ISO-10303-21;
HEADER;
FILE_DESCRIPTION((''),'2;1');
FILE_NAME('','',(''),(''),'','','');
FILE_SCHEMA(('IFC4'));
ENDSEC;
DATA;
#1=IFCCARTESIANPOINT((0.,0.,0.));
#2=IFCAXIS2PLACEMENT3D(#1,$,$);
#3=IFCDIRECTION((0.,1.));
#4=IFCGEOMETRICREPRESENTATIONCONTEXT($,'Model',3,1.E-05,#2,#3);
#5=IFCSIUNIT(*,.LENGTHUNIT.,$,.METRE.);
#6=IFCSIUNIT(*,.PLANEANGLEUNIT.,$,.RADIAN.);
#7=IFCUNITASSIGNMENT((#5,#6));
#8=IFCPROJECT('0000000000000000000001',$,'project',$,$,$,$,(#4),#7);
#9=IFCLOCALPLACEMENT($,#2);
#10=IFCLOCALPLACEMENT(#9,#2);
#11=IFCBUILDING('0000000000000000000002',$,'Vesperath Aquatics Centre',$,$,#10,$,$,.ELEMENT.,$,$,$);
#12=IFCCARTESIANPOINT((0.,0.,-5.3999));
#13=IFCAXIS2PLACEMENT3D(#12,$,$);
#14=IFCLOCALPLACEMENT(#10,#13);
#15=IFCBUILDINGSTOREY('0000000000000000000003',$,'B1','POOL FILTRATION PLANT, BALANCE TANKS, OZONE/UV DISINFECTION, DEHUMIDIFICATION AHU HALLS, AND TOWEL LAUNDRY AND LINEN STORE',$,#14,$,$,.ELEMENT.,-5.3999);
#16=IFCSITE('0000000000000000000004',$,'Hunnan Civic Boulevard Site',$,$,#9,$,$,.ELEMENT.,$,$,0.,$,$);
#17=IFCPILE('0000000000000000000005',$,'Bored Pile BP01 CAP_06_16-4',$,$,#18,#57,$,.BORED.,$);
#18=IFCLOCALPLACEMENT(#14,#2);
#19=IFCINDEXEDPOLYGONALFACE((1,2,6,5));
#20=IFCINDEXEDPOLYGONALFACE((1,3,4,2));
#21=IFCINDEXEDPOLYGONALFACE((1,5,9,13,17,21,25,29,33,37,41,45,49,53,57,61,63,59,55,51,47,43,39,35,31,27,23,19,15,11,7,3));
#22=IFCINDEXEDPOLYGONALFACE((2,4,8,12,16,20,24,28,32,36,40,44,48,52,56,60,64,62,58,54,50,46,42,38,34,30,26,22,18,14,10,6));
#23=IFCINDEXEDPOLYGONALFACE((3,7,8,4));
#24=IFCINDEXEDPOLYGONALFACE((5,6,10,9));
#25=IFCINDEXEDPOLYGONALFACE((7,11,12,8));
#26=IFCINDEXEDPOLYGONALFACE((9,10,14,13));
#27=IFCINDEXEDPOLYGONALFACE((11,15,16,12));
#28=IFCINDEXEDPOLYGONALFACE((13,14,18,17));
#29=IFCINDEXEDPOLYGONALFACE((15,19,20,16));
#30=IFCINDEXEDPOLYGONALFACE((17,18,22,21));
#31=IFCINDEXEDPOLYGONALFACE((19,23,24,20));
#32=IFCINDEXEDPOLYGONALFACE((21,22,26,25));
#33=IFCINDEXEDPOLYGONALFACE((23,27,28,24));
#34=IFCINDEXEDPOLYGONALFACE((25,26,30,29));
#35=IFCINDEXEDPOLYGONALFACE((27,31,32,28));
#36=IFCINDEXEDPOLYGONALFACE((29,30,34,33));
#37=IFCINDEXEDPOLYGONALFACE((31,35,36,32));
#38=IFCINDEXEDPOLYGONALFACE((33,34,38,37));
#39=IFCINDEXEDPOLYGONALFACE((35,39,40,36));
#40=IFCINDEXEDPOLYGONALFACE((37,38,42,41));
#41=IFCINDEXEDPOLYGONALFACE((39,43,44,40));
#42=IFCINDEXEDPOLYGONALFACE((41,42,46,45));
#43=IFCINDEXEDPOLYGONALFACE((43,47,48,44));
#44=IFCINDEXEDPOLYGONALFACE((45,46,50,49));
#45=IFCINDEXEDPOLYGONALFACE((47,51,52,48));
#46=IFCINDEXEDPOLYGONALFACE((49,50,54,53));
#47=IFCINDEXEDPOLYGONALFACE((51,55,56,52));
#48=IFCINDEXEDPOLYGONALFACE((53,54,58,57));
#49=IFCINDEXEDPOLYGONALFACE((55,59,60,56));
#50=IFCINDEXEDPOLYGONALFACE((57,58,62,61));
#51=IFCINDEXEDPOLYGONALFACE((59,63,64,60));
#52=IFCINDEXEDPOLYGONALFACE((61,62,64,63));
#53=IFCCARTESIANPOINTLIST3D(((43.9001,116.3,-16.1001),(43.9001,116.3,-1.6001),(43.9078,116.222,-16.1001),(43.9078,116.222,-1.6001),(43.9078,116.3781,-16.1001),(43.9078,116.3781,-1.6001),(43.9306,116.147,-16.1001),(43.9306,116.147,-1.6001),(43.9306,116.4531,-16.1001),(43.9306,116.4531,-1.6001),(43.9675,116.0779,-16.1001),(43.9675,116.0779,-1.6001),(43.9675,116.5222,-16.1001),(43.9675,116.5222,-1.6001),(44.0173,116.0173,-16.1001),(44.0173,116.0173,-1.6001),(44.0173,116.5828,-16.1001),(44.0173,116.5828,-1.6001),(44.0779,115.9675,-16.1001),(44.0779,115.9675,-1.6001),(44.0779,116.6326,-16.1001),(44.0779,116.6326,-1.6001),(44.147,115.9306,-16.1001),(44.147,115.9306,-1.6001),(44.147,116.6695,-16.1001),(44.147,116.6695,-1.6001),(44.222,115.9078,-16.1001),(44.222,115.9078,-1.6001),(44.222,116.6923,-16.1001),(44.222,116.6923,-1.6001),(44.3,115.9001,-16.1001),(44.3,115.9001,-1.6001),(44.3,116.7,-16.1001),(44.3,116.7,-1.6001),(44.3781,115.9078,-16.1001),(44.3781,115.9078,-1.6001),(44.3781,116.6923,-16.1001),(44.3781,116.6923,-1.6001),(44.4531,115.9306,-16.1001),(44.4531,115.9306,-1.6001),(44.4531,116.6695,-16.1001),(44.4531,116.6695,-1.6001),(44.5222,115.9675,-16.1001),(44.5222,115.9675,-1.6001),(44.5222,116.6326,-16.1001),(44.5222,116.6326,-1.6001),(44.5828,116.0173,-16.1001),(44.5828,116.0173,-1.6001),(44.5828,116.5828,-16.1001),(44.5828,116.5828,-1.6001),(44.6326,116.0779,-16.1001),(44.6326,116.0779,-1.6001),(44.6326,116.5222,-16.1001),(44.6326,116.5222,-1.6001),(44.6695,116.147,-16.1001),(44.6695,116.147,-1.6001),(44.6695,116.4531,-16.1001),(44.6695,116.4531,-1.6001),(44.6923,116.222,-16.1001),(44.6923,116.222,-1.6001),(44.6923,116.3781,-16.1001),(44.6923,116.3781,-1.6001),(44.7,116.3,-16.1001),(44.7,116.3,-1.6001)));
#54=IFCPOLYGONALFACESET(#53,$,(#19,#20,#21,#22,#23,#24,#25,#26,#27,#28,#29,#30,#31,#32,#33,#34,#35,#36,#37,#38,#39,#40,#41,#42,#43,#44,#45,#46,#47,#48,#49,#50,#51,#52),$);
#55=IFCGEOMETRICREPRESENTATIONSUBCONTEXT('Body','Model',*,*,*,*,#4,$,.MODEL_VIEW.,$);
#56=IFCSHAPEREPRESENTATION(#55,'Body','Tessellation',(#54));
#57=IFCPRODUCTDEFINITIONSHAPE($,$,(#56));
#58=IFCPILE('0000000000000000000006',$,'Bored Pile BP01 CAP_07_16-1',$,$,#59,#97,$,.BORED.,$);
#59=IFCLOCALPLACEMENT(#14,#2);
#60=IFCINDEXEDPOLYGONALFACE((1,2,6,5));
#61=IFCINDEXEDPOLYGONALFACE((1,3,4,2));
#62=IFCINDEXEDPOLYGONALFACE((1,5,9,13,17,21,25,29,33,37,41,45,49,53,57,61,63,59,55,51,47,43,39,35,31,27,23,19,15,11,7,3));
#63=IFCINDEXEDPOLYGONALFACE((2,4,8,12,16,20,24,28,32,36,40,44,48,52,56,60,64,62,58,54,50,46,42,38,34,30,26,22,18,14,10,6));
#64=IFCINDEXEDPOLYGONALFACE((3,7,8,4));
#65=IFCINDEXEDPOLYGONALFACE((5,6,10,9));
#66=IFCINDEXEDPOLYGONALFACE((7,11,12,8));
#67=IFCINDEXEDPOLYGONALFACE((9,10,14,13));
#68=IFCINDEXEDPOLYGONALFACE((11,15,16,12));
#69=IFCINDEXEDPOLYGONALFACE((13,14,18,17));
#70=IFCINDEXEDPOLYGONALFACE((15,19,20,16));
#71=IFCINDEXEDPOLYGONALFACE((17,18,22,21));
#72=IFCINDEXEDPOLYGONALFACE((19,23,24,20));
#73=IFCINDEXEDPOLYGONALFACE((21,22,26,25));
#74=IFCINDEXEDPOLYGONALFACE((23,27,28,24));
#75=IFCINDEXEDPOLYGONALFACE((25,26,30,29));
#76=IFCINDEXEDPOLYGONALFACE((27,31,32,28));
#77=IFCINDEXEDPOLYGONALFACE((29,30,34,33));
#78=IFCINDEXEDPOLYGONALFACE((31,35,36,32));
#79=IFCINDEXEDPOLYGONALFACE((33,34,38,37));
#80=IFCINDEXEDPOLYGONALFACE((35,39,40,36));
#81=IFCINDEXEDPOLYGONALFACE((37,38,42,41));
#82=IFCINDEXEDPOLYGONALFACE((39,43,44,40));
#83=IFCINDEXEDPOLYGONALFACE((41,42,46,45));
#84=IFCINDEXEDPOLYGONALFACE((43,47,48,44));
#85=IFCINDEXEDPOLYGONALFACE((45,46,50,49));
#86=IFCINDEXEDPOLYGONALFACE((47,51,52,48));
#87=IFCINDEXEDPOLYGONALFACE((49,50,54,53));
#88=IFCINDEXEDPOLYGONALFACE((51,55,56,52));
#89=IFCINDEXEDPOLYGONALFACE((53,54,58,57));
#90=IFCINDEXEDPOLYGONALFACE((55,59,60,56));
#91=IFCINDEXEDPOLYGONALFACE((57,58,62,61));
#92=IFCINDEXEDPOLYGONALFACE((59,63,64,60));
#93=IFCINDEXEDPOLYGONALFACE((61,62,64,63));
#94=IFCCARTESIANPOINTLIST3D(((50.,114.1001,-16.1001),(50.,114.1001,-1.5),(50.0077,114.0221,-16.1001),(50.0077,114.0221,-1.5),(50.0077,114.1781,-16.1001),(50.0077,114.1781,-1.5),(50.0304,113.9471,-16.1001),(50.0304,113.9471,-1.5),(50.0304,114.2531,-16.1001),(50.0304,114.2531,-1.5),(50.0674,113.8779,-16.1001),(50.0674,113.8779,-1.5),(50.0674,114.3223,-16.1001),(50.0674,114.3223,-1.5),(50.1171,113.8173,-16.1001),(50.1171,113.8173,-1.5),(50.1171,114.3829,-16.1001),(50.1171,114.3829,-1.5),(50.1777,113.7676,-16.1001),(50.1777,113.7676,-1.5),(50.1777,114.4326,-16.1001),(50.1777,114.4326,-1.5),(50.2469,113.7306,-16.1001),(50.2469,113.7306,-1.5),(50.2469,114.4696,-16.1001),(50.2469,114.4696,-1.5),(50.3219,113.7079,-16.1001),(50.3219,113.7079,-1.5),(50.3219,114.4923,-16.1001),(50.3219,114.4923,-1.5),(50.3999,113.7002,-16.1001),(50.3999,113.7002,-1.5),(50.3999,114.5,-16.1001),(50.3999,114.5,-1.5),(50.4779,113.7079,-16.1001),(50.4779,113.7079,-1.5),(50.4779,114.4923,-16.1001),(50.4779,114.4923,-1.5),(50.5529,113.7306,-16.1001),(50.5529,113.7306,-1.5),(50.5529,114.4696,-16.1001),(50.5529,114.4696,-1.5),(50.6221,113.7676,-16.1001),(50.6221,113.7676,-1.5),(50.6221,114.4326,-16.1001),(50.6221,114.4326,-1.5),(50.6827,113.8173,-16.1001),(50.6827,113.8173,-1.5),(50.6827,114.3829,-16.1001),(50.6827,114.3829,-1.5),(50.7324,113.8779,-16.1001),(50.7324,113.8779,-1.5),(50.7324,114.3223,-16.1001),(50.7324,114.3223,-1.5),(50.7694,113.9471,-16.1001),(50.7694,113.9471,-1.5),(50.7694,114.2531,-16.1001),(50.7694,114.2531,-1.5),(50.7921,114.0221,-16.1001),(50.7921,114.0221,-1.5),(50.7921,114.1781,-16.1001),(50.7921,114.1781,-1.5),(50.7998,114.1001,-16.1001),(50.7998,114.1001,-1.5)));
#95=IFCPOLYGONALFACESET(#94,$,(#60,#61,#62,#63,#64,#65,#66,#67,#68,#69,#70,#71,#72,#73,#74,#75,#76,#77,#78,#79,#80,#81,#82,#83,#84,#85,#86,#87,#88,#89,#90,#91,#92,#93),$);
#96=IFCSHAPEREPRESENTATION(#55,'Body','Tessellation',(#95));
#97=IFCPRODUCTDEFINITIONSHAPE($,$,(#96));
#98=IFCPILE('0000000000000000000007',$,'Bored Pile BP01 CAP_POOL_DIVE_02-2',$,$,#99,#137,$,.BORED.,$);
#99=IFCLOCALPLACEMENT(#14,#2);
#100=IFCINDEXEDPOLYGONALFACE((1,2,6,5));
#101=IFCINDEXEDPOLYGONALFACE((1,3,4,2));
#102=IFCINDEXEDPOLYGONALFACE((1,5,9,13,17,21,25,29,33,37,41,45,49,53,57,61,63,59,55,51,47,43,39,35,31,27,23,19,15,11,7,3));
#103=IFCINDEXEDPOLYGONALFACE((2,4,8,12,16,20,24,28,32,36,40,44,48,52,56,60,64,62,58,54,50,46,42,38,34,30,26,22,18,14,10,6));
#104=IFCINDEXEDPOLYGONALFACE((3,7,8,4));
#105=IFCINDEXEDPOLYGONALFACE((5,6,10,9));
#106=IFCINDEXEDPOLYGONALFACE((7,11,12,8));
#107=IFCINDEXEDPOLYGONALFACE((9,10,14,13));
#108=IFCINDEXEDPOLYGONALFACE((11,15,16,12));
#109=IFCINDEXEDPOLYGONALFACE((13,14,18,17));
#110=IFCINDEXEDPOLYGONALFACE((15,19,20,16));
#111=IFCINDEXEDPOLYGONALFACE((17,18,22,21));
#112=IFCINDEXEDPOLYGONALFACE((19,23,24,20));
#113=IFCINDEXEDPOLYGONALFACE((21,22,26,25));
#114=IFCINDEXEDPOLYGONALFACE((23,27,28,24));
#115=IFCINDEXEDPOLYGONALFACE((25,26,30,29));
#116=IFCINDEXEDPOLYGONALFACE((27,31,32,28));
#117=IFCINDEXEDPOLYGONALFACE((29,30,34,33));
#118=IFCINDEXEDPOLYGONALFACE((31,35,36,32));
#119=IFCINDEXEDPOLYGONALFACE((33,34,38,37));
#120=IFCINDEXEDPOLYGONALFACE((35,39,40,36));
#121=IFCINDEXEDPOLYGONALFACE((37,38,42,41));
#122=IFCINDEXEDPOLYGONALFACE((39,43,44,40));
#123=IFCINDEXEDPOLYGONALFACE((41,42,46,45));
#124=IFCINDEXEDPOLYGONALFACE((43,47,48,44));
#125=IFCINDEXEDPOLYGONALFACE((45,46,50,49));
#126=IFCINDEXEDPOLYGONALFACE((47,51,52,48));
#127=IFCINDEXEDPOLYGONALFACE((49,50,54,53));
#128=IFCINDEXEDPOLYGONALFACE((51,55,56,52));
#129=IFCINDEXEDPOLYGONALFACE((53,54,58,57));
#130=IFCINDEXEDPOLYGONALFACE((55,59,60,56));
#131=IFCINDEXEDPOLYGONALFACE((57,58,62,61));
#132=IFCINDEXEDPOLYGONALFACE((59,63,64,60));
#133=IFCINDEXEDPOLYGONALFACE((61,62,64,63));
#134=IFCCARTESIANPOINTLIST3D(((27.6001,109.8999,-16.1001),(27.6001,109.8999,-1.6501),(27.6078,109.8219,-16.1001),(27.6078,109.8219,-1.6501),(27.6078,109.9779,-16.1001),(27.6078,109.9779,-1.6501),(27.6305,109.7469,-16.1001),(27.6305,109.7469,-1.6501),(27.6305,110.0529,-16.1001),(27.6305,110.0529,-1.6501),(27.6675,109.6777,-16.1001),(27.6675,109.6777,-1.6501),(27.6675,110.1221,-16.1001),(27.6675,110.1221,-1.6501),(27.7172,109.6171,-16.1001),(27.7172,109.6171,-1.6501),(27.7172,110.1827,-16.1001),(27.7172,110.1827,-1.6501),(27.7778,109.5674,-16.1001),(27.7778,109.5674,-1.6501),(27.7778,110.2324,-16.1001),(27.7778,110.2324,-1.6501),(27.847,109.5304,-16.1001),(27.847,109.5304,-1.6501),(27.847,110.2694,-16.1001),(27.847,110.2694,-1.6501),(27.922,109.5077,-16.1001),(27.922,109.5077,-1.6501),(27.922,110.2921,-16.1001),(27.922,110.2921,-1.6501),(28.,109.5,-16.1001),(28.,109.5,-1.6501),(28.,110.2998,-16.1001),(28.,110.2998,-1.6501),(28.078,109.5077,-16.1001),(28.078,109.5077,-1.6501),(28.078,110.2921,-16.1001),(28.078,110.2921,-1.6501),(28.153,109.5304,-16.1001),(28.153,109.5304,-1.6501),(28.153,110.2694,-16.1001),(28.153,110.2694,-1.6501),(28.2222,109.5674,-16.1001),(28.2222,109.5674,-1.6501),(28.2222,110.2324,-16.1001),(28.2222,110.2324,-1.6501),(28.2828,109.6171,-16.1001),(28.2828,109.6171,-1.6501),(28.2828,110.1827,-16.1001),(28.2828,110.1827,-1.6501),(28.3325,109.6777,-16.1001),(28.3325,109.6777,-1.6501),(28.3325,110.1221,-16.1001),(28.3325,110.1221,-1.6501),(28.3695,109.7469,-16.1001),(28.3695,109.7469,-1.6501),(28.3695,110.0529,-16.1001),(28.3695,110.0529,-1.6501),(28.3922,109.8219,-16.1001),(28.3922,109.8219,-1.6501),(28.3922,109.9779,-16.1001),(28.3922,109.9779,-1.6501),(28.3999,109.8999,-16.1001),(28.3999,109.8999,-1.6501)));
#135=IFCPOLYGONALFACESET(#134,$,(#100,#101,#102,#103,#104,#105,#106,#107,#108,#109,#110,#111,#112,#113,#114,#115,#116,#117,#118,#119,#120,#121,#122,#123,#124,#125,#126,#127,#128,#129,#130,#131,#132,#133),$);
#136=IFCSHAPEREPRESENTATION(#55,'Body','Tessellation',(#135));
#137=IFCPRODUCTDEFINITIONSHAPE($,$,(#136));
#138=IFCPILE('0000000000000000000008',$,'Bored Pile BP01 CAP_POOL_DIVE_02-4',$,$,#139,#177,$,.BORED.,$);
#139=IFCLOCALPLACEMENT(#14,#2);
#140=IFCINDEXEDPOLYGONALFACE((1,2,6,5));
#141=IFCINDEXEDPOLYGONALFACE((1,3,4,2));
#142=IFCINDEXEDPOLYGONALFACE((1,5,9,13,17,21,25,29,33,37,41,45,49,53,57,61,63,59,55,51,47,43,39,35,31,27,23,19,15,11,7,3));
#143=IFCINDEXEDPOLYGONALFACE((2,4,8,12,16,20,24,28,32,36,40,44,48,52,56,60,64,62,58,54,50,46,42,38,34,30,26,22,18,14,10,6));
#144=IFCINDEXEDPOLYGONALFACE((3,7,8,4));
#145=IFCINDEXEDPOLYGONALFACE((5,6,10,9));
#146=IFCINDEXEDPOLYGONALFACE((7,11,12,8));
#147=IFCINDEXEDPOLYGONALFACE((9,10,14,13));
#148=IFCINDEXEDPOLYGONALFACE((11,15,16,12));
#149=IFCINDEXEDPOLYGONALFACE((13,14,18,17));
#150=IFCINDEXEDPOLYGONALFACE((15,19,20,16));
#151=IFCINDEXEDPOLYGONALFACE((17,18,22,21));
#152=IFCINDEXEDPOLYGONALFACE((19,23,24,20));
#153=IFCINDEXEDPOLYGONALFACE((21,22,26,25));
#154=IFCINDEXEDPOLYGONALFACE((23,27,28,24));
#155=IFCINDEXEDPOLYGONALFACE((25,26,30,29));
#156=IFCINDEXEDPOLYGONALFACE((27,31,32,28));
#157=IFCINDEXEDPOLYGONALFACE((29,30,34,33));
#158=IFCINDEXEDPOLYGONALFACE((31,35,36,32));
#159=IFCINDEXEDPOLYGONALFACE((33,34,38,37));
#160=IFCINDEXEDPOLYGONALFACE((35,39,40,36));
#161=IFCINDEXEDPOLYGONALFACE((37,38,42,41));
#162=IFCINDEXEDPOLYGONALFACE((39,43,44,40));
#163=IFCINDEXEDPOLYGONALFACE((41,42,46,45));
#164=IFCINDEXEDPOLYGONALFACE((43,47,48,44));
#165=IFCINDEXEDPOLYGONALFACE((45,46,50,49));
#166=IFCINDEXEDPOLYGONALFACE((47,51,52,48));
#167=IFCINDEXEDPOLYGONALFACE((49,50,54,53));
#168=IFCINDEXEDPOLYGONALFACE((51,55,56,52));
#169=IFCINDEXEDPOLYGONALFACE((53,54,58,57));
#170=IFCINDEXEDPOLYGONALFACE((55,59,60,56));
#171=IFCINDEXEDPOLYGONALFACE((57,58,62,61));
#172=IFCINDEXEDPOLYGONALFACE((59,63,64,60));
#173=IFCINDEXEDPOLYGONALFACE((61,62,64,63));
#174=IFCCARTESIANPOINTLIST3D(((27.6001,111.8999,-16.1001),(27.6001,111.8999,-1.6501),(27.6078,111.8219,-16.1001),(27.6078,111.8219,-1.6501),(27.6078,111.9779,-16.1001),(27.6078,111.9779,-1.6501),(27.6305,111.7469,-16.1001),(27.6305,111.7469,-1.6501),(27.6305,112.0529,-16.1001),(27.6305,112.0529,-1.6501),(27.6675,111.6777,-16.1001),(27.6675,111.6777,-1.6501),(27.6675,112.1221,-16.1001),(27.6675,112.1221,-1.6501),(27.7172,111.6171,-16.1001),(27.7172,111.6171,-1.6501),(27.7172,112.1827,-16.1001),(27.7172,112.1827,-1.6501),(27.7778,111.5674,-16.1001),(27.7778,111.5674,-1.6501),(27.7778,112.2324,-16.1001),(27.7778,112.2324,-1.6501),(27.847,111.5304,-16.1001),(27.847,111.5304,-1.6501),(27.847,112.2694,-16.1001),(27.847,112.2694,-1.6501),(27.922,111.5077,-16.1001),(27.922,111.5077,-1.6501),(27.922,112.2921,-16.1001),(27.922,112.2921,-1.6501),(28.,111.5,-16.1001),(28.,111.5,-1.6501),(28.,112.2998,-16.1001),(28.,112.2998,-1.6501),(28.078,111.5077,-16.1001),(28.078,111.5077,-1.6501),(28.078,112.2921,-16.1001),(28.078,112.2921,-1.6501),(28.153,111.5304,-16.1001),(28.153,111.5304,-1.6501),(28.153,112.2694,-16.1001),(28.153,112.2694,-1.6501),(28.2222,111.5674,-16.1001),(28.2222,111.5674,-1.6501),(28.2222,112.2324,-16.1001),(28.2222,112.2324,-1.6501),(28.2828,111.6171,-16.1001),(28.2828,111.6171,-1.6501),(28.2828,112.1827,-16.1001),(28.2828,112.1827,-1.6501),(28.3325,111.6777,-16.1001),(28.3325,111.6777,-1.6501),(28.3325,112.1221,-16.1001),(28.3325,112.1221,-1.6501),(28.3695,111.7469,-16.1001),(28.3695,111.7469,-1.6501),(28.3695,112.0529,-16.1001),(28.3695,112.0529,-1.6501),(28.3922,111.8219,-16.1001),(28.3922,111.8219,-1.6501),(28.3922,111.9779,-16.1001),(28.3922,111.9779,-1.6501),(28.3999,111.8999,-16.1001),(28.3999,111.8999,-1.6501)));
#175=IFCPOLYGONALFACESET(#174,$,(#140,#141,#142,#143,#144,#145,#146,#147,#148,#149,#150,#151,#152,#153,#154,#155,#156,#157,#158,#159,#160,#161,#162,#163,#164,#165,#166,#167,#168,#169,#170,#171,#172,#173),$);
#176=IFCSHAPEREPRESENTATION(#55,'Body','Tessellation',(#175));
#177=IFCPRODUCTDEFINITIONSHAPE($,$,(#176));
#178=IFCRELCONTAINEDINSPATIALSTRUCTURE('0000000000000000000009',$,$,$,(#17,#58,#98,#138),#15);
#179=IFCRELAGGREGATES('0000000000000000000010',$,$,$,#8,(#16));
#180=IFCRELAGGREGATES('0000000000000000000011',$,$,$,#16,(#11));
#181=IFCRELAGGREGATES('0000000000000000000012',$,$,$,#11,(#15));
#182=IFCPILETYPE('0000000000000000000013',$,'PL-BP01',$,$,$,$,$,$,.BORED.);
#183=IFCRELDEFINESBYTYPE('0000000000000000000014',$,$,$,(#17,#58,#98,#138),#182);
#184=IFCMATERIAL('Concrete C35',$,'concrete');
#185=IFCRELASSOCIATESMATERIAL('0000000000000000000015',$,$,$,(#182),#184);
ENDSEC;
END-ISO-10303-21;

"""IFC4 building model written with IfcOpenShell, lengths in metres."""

from ifc_helpers import new_model, si_unit, direction, frame, origin, origin_2d, place, context, subcontext, project, spatial, circle, extrude, material, material_profile, profile_set, type_object, element, save


model = new_model("IFC4")

# Units and contexts
model_context = context("Model", 3, precision=1e-05, world=origin(), true_north=direction((0.0, 1.0)))
body_context = subcontext(model_context, "Body", "Model", "MODEL_VIEW")
ifc_project = project(units=[si_unit("LENGTHUNIT", "METRE"), si_unit("PLANEANGLEUNIT", "RADIAN")], contexts=[model_context])

# Site, building, storey
site_placement = place(None, origin())
site = spatial("IfcSite", under=ifc_project, at=site_placement, Name="Hunnan Civic Boulevard Site", CompositionType="ELEMENT", RefElevation=0.0)
building_placement = place(site_placement, origin())
building = spatial("IfcBuilding", under=site, at=building_placement, Name="Vesperath Aquatics Centre", CompositionType="ELEMENT")
storey_placement = place(building_placement, frame((0.0, 0.0, -5.3999)))
storey = spatial("IfcBuildingStorey", under=building, at=storey_placement, Name="B1", Description="POOL FILTRATION PLANT, BALANCE TANKS, OZONE/UV DISINFECTION, DEHUMIDIFICATION AHU HALLS, AND TOWEL LAUNDRY AND LINEN STORE", CompositionType="ELEMENT", Elevation=-5.3999)

# Piles
ifc_material_1 = material(Name="Concrete C35", Category="concrete")
ifc_material_profile_1 = material_profile(ifc_material_1, circle(Radius=0.3999, at=origin_2d()), Name="PILE D800")
ifc_profile_set_1 = profile_set([ifc_material_profile_1], Name="Concrete C35")
pile_type = type_object("IfcPileType", Name="PL-BP01", PredefinedType="BORED", material=ifc_profile_set_1)
for number, where, z_axis, x_axis, name in (
    (1, (44.3, 116.3, -1.6001), (0.0, 0.0, -1.0), (1.0, 0.0, 0.0), "Bored Pile BP01 CAP_06_16-4"),
):
    element("IfcPile", number, at=place(storey_placement, frame(where, z_axis=z_axis, x_axis=x_axis)), inside=storey, type_object=pile_type, Name=name, PredefinedType="BORED", context=body_context, shape_type="SweptSolid", body=[
        extrude(circle(Radius=0.3999, at=origin_2d()), origin(), (0.0, 0.0, 1.0), 14.5),
    ])
pile_placement = place(storey_placement, frame((50.3999, 114.1001, -1.5), z_axis=(0.0, 0.0, -1.0), x_axis=(1.0, 0.0, 0.0)))
element("IfcPile", 2, at=pile_placement, inside=storey, type_object=pile_type, Name="Bored Pile BP01 CAP_07_16-1", PredefinedType="BORED", context=body_context, shape_type="SweptSolid", body=[
    extrude(circle(Radius=0.3999, at=origin_2d()), origin(), (0.0, 0.0, 1.0), 14.6001),
])
for number, where, z_axis, x_axis, name in (
    (3, (28.0, 109.8999, -1.6501), (0.0, 0.0, -1.0), (1.0, 0.0, 0.0), "Bored Pile BP01 CAP_POOL_DIVE_02-2"),
    (4, (28.0, 111.8999, -1.6501), (0.0, 0.0, -1.0), (1.0, 0.0, 0.0), "Bored Pile BP01 CAP_POOL_DIVE_02-4"),
):
    element("IfcPile", number, at=place(storey_placement, frame(where, z_axis=z_axis, x_axis=x_axis)), inside=storey, type_object=pile_type, Name=name, PredefinedType="BORED", context=body_context, shape_type="SweptSolid", body=[
        extrude(circle(Radius=0.3999, at=origin_2d()), origin(), (0.0, 0.0, 1.0), 14.45),
    ])

save(model, "model.ifc")
